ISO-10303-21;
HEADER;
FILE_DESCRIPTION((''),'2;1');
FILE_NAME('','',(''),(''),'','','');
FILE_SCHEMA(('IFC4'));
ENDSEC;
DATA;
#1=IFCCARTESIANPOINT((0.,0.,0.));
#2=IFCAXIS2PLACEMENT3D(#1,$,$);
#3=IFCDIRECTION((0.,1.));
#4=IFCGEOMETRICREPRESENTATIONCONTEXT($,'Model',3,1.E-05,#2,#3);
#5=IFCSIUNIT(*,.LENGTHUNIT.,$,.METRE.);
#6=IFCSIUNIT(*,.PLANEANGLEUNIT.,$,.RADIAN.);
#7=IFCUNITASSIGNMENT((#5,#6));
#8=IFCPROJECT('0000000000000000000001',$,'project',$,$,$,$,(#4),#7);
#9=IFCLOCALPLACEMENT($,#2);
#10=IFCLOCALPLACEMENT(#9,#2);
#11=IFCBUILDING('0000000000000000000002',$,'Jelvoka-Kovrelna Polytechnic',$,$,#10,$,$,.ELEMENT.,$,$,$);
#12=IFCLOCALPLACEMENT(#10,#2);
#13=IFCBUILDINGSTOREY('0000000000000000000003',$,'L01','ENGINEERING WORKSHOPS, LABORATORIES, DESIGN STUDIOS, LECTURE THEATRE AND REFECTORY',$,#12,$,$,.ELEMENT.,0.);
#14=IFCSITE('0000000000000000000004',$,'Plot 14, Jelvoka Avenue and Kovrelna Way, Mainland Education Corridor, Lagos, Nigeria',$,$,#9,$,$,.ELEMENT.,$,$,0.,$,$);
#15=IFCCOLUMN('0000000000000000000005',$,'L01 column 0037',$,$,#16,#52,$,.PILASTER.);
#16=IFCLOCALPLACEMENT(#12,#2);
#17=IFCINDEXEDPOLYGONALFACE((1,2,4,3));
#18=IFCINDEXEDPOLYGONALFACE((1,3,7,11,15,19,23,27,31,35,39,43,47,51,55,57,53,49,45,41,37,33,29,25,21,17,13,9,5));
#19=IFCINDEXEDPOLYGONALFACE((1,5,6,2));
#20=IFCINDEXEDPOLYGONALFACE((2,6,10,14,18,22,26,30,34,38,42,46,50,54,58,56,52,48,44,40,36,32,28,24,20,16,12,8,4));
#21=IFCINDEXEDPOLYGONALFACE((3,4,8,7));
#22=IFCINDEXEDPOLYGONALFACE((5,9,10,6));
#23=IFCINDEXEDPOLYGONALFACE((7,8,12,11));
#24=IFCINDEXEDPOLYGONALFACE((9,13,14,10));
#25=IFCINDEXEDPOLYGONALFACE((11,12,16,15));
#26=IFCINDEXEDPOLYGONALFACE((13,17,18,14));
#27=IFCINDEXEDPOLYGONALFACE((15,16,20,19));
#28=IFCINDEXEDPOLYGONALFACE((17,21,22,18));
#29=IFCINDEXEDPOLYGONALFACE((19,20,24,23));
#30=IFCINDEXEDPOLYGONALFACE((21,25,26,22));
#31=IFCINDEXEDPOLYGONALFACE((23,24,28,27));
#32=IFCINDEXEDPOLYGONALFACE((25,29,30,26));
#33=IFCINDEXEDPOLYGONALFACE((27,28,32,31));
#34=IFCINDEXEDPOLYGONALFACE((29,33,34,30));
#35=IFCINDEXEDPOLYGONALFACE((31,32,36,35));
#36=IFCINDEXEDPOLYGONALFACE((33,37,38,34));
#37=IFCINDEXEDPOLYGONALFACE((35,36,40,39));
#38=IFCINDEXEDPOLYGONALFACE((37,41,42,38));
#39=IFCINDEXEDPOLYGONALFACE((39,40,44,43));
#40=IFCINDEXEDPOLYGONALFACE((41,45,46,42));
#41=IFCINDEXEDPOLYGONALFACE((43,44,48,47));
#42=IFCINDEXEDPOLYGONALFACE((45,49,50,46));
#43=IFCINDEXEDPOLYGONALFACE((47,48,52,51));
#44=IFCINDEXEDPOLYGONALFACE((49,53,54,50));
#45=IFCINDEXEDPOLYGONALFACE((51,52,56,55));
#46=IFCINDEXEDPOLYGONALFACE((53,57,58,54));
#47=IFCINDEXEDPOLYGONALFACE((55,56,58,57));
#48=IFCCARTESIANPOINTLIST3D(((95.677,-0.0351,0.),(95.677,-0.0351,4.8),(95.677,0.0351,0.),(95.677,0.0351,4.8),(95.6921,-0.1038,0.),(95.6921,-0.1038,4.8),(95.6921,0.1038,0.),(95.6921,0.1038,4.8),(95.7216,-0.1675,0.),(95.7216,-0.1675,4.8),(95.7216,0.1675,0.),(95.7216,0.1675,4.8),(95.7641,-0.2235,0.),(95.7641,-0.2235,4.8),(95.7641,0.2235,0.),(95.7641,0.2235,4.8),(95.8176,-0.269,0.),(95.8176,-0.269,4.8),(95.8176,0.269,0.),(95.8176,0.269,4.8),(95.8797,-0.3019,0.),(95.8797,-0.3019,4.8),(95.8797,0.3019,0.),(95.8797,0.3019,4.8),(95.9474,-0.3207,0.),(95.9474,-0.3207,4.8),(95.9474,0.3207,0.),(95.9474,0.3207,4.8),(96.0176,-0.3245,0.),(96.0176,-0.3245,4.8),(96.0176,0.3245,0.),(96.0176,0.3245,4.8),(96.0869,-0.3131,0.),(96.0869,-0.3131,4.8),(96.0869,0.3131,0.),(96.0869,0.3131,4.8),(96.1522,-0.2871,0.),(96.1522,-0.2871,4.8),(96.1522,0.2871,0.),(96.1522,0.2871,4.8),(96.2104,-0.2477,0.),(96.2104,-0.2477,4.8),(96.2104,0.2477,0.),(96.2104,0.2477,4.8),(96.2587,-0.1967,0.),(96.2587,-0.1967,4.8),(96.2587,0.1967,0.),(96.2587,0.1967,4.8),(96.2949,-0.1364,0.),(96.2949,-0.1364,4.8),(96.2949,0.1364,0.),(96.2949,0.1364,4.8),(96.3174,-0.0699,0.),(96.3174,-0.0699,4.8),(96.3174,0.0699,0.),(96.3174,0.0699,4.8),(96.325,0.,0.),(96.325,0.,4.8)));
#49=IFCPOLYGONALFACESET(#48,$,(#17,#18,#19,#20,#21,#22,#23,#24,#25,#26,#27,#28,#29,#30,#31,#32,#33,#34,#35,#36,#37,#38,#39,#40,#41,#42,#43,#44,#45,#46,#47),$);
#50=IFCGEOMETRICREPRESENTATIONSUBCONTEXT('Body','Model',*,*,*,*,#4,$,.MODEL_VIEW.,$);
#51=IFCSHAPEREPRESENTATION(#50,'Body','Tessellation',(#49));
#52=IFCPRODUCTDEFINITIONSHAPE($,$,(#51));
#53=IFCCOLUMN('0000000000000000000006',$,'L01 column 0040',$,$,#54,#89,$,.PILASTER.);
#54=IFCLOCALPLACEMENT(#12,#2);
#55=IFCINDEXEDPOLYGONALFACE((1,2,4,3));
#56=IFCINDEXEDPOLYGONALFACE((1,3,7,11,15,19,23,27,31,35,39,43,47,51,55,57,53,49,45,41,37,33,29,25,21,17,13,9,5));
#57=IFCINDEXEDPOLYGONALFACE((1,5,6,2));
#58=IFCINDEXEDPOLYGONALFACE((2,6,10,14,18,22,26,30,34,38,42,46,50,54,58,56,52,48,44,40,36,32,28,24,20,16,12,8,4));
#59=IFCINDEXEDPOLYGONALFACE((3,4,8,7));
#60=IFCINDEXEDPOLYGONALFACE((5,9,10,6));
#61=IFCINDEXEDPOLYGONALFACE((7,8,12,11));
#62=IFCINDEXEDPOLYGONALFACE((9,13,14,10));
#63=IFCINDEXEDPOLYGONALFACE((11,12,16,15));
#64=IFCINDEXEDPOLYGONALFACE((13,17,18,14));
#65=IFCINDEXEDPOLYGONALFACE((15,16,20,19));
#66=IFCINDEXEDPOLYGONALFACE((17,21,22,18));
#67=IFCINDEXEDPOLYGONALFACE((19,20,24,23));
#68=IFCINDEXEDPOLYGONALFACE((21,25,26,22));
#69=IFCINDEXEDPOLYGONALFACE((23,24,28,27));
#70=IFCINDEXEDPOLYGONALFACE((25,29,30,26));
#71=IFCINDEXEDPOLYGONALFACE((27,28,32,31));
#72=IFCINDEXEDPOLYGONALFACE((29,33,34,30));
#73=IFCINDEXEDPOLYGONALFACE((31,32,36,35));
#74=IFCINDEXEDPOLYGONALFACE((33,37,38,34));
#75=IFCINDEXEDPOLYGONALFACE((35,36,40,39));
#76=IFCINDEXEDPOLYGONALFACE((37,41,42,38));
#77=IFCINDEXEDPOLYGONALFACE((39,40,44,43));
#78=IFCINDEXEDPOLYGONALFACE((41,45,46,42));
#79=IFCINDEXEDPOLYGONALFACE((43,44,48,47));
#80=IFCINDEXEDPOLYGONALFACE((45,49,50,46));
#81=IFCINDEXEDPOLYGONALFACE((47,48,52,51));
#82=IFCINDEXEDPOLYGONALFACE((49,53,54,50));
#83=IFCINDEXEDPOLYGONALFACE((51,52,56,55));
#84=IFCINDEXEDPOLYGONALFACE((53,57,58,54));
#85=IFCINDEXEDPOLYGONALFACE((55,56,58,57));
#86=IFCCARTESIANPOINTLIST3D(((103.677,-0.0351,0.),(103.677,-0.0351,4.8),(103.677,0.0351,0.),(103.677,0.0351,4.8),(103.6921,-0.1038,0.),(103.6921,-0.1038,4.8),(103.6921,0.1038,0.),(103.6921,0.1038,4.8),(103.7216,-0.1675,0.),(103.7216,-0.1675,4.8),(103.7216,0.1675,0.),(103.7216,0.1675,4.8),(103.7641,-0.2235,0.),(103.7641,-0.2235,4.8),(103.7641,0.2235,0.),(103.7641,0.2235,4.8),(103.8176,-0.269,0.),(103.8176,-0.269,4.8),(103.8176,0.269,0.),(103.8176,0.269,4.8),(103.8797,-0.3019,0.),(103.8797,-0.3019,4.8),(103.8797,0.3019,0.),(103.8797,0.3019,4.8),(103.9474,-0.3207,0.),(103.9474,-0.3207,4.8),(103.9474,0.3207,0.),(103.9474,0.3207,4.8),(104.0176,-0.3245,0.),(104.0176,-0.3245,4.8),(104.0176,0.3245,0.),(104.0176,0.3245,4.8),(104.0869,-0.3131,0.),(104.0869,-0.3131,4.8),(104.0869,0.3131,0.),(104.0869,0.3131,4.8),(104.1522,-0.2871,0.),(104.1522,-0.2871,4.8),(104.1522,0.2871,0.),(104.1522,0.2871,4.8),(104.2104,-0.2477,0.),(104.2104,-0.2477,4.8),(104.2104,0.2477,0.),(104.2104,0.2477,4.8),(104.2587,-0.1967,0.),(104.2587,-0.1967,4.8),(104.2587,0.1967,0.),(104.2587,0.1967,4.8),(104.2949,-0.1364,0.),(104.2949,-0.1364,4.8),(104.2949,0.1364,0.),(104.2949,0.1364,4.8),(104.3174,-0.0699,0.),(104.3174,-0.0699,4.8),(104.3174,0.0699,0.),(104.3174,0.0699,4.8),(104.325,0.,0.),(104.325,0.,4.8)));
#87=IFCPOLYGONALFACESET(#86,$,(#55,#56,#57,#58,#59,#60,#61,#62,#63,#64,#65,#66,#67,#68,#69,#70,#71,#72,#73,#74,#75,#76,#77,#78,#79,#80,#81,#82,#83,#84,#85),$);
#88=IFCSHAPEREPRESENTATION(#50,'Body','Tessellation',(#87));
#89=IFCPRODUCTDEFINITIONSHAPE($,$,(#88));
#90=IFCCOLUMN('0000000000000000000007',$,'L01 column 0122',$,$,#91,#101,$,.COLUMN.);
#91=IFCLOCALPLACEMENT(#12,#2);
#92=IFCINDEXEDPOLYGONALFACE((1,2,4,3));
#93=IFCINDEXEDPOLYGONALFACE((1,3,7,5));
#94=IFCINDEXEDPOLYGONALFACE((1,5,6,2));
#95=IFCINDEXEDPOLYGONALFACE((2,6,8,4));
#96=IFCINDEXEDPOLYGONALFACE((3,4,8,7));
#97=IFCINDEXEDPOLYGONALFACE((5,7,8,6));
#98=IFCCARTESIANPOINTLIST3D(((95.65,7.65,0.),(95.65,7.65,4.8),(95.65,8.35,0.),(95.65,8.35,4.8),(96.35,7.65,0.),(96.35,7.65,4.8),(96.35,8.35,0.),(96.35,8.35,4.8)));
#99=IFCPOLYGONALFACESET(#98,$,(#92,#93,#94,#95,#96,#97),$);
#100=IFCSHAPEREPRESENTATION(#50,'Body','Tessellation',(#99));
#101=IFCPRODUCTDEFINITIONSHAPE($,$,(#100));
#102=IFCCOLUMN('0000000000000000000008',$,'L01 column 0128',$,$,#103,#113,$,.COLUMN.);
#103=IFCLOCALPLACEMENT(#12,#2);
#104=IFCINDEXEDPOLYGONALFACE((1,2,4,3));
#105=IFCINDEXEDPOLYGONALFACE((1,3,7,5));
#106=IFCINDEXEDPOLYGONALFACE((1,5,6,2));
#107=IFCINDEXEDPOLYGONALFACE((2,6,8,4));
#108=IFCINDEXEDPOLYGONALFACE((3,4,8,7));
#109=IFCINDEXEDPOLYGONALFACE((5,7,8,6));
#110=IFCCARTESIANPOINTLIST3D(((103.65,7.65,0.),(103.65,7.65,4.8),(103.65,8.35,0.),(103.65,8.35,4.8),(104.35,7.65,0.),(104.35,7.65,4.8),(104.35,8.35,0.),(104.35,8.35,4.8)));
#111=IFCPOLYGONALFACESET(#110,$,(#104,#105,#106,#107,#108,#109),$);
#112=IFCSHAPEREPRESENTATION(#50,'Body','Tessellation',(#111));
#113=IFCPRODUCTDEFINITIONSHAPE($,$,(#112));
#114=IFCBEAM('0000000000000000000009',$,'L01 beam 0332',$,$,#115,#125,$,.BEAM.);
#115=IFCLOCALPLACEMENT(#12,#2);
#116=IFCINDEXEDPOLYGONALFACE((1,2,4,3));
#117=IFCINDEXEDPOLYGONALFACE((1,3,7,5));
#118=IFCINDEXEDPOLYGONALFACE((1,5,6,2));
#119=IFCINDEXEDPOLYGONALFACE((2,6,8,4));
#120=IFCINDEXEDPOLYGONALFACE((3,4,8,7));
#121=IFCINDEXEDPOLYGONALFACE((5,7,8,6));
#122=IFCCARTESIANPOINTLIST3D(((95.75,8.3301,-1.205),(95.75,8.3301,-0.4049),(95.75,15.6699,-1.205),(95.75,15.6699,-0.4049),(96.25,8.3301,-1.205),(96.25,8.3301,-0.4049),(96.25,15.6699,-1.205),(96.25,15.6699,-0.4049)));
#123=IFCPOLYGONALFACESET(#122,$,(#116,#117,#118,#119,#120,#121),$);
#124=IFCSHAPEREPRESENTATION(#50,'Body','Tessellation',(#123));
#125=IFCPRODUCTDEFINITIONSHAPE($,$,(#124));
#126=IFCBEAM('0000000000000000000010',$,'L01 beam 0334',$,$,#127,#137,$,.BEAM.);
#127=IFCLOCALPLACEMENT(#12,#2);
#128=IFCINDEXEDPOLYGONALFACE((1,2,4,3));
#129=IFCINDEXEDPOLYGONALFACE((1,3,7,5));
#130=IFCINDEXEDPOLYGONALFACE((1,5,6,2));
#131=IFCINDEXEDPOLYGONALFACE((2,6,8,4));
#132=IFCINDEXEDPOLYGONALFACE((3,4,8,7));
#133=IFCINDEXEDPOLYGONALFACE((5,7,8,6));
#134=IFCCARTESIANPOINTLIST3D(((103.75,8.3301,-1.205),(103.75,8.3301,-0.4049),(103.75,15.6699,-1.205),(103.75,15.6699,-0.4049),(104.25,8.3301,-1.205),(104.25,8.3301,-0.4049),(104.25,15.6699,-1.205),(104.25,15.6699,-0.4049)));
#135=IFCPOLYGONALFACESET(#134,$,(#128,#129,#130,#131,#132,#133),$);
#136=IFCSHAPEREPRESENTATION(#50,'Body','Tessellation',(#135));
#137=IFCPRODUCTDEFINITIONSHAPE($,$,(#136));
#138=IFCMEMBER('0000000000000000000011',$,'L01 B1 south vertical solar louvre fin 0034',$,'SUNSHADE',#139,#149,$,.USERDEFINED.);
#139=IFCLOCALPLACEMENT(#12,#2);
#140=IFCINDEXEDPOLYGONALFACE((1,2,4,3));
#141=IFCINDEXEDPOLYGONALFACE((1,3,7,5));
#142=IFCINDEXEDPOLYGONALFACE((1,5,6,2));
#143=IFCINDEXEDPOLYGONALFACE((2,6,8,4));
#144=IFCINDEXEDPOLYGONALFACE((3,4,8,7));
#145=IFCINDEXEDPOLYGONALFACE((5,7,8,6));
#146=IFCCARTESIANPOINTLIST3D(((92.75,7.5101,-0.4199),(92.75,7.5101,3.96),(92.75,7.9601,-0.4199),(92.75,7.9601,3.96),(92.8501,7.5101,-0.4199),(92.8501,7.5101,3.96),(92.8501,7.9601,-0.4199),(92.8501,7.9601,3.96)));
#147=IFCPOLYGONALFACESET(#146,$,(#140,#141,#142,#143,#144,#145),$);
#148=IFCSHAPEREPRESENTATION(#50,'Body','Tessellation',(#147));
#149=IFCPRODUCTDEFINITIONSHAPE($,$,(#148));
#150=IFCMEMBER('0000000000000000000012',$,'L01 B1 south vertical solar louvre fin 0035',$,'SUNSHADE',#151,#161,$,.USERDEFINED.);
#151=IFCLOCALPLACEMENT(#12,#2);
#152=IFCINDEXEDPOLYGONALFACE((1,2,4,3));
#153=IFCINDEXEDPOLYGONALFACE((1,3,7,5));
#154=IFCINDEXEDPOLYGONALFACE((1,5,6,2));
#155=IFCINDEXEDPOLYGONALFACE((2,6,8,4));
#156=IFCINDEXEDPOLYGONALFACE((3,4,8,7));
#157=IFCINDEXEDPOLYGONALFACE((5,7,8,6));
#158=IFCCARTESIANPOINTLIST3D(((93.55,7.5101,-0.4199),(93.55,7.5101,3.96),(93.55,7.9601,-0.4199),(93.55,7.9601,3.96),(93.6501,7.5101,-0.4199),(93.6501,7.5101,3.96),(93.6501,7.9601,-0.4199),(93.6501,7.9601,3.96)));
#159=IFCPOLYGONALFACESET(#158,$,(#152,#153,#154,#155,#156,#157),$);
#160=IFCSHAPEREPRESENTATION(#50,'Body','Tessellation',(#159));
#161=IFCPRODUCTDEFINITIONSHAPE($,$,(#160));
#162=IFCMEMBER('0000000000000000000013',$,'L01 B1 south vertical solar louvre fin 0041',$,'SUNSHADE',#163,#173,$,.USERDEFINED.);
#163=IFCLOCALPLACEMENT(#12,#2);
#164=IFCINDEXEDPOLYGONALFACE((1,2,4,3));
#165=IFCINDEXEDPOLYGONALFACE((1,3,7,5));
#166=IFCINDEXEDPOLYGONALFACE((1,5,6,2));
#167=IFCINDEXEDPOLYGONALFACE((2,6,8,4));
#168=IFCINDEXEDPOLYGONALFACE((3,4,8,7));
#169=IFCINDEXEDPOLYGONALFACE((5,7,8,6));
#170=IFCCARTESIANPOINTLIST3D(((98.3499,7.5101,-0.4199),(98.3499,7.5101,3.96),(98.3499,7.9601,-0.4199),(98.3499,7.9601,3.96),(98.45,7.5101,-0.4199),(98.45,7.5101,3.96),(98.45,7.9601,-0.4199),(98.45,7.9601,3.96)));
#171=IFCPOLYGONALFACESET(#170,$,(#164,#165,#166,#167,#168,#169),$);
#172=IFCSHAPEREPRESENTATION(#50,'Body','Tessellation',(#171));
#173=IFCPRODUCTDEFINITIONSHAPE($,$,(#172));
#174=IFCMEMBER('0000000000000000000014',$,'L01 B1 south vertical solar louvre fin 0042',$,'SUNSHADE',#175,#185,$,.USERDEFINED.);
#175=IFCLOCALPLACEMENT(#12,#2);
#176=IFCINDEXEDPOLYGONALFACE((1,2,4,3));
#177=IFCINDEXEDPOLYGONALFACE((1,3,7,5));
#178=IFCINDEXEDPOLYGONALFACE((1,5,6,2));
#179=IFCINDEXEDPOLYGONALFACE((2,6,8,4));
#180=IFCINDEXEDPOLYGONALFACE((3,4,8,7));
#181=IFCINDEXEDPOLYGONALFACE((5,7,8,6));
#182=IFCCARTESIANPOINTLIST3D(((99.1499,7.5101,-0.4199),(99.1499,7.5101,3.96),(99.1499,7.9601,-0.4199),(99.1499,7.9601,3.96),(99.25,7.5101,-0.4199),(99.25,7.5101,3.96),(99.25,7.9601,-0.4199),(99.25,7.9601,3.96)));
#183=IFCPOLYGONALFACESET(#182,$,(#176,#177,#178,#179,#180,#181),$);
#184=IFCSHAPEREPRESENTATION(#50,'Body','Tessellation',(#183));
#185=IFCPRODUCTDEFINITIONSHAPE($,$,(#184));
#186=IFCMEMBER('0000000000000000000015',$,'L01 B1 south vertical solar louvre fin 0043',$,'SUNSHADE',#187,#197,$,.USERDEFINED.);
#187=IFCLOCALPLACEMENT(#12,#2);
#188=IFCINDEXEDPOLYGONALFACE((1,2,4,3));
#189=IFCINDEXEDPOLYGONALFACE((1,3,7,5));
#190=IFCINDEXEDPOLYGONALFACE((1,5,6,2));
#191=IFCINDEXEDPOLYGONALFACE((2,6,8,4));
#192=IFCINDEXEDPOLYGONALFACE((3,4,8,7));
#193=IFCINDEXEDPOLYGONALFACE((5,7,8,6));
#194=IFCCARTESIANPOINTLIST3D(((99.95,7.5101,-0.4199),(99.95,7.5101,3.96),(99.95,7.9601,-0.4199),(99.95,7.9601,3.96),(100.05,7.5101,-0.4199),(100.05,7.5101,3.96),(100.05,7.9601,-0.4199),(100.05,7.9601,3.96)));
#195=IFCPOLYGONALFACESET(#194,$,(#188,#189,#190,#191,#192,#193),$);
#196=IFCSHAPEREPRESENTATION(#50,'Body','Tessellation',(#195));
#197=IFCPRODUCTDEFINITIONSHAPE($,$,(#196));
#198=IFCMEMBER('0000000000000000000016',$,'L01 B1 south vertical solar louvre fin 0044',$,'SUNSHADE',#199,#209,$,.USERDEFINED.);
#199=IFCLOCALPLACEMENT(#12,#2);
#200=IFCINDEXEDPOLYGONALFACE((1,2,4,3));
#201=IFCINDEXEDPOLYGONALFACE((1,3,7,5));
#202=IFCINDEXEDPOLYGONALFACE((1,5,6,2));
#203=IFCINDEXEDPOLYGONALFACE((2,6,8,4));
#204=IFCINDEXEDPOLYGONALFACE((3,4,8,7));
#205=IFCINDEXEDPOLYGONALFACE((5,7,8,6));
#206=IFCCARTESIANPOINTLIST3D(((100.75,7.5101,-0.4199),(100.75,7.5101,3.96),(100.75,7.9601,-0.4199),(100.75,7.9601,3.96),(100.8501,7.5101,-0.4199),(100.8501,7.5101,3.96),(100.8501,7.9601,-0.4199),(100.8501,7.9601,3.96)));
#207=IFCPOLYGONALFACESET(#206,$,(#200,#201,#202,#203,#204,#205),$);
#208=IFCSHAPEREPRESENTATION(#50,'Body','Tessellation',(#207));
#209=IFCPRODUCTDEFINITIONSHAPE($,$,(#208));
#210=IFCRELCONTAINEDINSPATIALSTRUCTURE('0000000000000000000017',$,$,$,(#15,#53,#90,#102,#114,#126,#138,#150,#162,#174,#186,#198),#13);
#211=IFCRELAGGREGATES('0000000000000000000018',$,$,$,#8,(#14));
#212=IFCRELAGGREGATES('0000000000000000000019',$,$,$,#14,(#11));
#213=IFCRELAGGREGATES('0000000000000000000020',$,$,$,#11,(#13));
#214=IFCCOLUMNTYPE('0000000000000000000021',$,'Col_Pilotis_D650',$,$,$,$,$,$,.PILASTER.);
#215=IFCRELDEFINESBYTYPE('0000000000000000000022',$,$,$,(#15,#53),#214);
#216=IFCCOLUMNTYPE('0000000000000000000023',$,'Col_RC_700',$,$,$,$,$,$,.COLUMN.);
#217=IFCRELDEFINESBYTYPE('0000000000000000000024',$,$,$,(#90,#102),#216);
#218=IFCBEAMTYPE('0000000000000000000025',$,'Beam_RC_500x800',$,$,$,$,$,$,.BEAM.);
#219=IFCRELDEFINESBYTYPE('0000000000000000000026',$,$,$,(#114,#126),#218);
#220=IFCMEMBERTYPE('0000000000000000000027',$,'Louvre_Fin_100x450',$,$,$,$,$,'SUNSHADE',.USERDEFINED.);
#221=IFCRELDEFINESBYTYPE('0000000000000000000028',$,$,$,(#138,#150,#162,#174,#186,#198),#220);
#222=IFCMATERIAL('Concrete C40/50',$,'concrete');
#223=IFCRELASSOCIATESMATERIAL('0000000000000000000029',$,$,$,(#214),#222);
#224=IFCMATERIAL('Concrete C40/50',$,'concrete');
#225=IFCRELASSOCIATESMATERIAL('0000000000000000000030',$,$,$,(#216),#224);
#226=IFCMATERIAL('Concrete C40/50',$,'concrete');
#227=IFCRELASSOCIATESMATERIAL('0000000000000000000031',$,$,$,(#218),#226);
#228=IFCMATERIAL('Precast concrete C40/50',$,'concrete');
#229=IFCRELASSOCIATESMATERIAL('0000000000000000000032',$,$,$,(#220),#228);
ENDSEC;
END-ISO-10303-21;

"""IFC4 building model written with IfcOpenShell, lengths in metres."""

from ifc_helpers import new_model, si_unit, direction, frame, origin, origin_2d, place, context, subcontext, project, spatial, rectangle, circle, extrude, material, material_profile, profile_set, type_object, element, save


model = new_model("IFC4")

# Units and contexts
model_context = context("Model", 3, precision=1e-05, world=origin(), true_north=direction((0.0, 1.0)))
body_context = subcontext(model_context, "Body", "Model", "MODEL_VIEW")
ifc_project = project(units=[si_unit("LENGTHUNIT", "METRE"), si_unit("PLANEANGLEUNIT", "RADIAN")], contexts=[model_context])

# Site, building, storey
site_placement = place(None, origin())
site = spatial("IfcSite", under=ifc_project, at=site_placement, Name="Plot 14, Jelvoka Avenue and Kovrelna Way, Mainland Education Corridor, Lagos, Nigeria", CompositionType="ELEMENT", RefElevation=0.0)
building_placement = place(site_placement, origin())
building = spatial("IfcBuilding", under=site, at=building_placement, Name="Jelvoka-Kovrelna Polytechnic", CompositionType="ELEMENT")
storey_placement = place(building_placement, origin())
storey = spatial("IfcBuildingStorey", under=building, at=storey_placement, Name="L01", Description="ENGINEERING WORKSHOPS, LABORATORIES, DESIGN STUDIOS, LECTURE THEATRE AND REFECTORY", CompositionType="ELEMENT", Elevation=0.0)

# Columns
ifc_material_1 = material(Name="Concrete C40/50", Category="concrete")
ifc_material_profile_1 = material_profile(ifc_material_1, circle(Radius=0.325, at=origin_2d()), Name="RC D650")
ifc_profile_set_1 = profile_set([ifc_material_profile_1], Name="Concrete C40/50")
column_type_1 = type_object("IfcColumnType", Name="Col_Pilotis_D650", PredefinedType="PILASTER", material=ifc_profile_set_1)
for number, where, z_axis, x_axis, name in (
    (1, (96.0, 0.0, 0.0), (0.0, 0.0, 1.0), (1.0, 0.0, 0.0), "L01 column 0037"),
    (2, (104.0, 0.0, 0.0), (0.0, 0.0, 1.0), (1.0, 0.0, 0.0), "L01 column 0040"),
):
    element("IfcColumn", number, at=place(storey_placement, frame(where, z_axis=z_axis, x_axis=x_axis)), inside=storey, type_object=column_type_1, Name=name, PredefinedType="PILASTER", context=body_context, shape_type="SweptSolid", body=[
        extrude(circle(Radius=0.325, at=origin_2d()), origin(), (0.0, 0.0, 1.0), 4.8),
    ])
ifc_material_2 = material(Name="Concrete C40/50", Category="concrete")
ifc_material_profile_2 = material_profile(ifc_material_2, rectangle(XDim=0.7, YDim=0.7, at=origin_2d()), Name="RC 700x700")
ifc_profile_set_2 = profile_set([ifc_material_profile_2], Name="Concrete C40/50")
column_type_2 = type_object("IfcColumnType", Name="Col_RC_700", PredefinedType="COLUMN", material=ifc_profile_set_2)
for number, where, z_axis, x_axis, name in (
    (3, (96.0, 8.0, 0.0), (0.0, 0.0, 1.0), (1.0, 0.0, 0.0), "L01 column 0122"),
    (4, (104.0, 8.0, 0.0), (0.0, 0.0, 1.0), (1.0, 0.0, 0.0), "L01 column 0128"),
):
    element("IfcColumn", number, at=place(storey_placement, frame(where, z_axis=z_axis, x_axis=x_axis)), inside=storey, type_object=column_type_2, Name=name, PredefinedType="COLUMN", context=body_context, shape_type="SweptSolid", body=[
        extrude(rectangle(XDim=0.7, YDim=0.7, at=origin_2d()), origin(), (0.0, 0.0, 1.0), 4.8),
    ])

# Beams
ifc_material_3 = material(Name="Concrete C40/50", Category="concrete")
ifc_material_profile_3 = material_profile(ifc_material_3, rectangle(XDim=0.5, YDim=0.8, at=origin_2d()), Name="RC 500x800")
ifc_profile_set_3 = profile_set([ifc_material_profile_3], Name="Concrete C40/50")
beam_type_1 = type_object("IfcBeamType", Name="Beam_RC_500x800", PredefinedType="BEAM", material=ifc_profile_set_3)
for number, where, z_axis, x_axis, name in (
    (5, (96.0, 8.3301, -0.8049), (0.0, 1.0, 0.0), (-1.0, 0.0, 0.0), "L01 beam 0332"),
    (6, (104.0, 8.3301, -0.8049), (0.0, 1.0, 0.0), (-1.0, 0.0, 0.0), "L01 beam 0334"),
):
    element("IfcBeam", number, at=place(storey_placement, frame(where, z_axis=z_axis, x_axis=x_axis)), inside=storey, type_object=beam_type_1, Name=name, PredefinedType="BEAM", context=body_context, shape_type="SweptSolid", body=[
        extrude(rectangle(XDim=0.5, YDim=0.8, at=origin_2d()), origin(), (0.0, 0.0, 1.0), 7.3398),
    ])

# Members
ifc_material_4 = material(Name="Precast concrete C40/50", Category="concrete")
ifc_material_profile_4 = material_profile(ifc_material_4, rectangle(XDim=0.1001, YDim=0.45, at=origin_2d()), Name="PC 100x450")
ifc_profile_set_4 = profile_set([ifc_material_profile_4], Name="Precast concrete C40/50")
member_type = type_object("IfcMemberType", Name="Louvre_Fin_100x450", ElementType="SUNSHADE", PredefinedType="USERDEFINED", material=ifc_profile_set_4)
for number, where, z_axis, x_axis, name in (
    (7, (92.8, 7.7351, -0.4199), (0.0, 0.0, 1.0), (1.0, 0.0, 0.0), "L01 B1 south vertical solar louvre fin 0034"),
    (8, (93.6001, 7.7351, -0.4199), (0.0, 0.0, 1.0), (1.0, 0.0, 0.0), "L01 B1 south vertical solar louvre fin 0035"),
    (9, (98.3999, 7.7351, -0.4199), (0.0, 0.0, 1.0), (1.0, 0.0, 0.0), "L01 B1 south vertical solar louvre fin 0041"),
    (10, (99.2, 7.7351, -0.4199), (0.0, 0.0, 1.0), (1.0, 0.0, 0.0), "L01 B1 south vertical solar louvre fin 0042"),
    (11, (100.0, 7.7351, -0.4199), (0.0, 0.0, 1.0), (1.0, 0.0, 0.0), "L01 B1 south vertical solar louvre fin 0043"),
    (12, (100.8, 7.7351, -0.4199), (0.0, 0.0, 1.0), (1.0, 0.0, 0.0), "L01 B1 south vertical solar louvre fin 0044"),
):
    element("IfcMember", number, at=place(storey_placement, frame(where, z_axis=z_axis, x_axis=x_axis)), inside=storey, type_object=member_type, Name=name, ObjectType="SUNSHADE", PredefinedType="USERDEFINED", context=body_context, shape_type="SweptSolid", body=[
        extrude(rectangle(XDim=0.1001, YDim=0.45, at=origin_2d()), origin(), (0.0, 0.0, 1.0), 4.3799),
    ])

save(model, "model.ifc")
